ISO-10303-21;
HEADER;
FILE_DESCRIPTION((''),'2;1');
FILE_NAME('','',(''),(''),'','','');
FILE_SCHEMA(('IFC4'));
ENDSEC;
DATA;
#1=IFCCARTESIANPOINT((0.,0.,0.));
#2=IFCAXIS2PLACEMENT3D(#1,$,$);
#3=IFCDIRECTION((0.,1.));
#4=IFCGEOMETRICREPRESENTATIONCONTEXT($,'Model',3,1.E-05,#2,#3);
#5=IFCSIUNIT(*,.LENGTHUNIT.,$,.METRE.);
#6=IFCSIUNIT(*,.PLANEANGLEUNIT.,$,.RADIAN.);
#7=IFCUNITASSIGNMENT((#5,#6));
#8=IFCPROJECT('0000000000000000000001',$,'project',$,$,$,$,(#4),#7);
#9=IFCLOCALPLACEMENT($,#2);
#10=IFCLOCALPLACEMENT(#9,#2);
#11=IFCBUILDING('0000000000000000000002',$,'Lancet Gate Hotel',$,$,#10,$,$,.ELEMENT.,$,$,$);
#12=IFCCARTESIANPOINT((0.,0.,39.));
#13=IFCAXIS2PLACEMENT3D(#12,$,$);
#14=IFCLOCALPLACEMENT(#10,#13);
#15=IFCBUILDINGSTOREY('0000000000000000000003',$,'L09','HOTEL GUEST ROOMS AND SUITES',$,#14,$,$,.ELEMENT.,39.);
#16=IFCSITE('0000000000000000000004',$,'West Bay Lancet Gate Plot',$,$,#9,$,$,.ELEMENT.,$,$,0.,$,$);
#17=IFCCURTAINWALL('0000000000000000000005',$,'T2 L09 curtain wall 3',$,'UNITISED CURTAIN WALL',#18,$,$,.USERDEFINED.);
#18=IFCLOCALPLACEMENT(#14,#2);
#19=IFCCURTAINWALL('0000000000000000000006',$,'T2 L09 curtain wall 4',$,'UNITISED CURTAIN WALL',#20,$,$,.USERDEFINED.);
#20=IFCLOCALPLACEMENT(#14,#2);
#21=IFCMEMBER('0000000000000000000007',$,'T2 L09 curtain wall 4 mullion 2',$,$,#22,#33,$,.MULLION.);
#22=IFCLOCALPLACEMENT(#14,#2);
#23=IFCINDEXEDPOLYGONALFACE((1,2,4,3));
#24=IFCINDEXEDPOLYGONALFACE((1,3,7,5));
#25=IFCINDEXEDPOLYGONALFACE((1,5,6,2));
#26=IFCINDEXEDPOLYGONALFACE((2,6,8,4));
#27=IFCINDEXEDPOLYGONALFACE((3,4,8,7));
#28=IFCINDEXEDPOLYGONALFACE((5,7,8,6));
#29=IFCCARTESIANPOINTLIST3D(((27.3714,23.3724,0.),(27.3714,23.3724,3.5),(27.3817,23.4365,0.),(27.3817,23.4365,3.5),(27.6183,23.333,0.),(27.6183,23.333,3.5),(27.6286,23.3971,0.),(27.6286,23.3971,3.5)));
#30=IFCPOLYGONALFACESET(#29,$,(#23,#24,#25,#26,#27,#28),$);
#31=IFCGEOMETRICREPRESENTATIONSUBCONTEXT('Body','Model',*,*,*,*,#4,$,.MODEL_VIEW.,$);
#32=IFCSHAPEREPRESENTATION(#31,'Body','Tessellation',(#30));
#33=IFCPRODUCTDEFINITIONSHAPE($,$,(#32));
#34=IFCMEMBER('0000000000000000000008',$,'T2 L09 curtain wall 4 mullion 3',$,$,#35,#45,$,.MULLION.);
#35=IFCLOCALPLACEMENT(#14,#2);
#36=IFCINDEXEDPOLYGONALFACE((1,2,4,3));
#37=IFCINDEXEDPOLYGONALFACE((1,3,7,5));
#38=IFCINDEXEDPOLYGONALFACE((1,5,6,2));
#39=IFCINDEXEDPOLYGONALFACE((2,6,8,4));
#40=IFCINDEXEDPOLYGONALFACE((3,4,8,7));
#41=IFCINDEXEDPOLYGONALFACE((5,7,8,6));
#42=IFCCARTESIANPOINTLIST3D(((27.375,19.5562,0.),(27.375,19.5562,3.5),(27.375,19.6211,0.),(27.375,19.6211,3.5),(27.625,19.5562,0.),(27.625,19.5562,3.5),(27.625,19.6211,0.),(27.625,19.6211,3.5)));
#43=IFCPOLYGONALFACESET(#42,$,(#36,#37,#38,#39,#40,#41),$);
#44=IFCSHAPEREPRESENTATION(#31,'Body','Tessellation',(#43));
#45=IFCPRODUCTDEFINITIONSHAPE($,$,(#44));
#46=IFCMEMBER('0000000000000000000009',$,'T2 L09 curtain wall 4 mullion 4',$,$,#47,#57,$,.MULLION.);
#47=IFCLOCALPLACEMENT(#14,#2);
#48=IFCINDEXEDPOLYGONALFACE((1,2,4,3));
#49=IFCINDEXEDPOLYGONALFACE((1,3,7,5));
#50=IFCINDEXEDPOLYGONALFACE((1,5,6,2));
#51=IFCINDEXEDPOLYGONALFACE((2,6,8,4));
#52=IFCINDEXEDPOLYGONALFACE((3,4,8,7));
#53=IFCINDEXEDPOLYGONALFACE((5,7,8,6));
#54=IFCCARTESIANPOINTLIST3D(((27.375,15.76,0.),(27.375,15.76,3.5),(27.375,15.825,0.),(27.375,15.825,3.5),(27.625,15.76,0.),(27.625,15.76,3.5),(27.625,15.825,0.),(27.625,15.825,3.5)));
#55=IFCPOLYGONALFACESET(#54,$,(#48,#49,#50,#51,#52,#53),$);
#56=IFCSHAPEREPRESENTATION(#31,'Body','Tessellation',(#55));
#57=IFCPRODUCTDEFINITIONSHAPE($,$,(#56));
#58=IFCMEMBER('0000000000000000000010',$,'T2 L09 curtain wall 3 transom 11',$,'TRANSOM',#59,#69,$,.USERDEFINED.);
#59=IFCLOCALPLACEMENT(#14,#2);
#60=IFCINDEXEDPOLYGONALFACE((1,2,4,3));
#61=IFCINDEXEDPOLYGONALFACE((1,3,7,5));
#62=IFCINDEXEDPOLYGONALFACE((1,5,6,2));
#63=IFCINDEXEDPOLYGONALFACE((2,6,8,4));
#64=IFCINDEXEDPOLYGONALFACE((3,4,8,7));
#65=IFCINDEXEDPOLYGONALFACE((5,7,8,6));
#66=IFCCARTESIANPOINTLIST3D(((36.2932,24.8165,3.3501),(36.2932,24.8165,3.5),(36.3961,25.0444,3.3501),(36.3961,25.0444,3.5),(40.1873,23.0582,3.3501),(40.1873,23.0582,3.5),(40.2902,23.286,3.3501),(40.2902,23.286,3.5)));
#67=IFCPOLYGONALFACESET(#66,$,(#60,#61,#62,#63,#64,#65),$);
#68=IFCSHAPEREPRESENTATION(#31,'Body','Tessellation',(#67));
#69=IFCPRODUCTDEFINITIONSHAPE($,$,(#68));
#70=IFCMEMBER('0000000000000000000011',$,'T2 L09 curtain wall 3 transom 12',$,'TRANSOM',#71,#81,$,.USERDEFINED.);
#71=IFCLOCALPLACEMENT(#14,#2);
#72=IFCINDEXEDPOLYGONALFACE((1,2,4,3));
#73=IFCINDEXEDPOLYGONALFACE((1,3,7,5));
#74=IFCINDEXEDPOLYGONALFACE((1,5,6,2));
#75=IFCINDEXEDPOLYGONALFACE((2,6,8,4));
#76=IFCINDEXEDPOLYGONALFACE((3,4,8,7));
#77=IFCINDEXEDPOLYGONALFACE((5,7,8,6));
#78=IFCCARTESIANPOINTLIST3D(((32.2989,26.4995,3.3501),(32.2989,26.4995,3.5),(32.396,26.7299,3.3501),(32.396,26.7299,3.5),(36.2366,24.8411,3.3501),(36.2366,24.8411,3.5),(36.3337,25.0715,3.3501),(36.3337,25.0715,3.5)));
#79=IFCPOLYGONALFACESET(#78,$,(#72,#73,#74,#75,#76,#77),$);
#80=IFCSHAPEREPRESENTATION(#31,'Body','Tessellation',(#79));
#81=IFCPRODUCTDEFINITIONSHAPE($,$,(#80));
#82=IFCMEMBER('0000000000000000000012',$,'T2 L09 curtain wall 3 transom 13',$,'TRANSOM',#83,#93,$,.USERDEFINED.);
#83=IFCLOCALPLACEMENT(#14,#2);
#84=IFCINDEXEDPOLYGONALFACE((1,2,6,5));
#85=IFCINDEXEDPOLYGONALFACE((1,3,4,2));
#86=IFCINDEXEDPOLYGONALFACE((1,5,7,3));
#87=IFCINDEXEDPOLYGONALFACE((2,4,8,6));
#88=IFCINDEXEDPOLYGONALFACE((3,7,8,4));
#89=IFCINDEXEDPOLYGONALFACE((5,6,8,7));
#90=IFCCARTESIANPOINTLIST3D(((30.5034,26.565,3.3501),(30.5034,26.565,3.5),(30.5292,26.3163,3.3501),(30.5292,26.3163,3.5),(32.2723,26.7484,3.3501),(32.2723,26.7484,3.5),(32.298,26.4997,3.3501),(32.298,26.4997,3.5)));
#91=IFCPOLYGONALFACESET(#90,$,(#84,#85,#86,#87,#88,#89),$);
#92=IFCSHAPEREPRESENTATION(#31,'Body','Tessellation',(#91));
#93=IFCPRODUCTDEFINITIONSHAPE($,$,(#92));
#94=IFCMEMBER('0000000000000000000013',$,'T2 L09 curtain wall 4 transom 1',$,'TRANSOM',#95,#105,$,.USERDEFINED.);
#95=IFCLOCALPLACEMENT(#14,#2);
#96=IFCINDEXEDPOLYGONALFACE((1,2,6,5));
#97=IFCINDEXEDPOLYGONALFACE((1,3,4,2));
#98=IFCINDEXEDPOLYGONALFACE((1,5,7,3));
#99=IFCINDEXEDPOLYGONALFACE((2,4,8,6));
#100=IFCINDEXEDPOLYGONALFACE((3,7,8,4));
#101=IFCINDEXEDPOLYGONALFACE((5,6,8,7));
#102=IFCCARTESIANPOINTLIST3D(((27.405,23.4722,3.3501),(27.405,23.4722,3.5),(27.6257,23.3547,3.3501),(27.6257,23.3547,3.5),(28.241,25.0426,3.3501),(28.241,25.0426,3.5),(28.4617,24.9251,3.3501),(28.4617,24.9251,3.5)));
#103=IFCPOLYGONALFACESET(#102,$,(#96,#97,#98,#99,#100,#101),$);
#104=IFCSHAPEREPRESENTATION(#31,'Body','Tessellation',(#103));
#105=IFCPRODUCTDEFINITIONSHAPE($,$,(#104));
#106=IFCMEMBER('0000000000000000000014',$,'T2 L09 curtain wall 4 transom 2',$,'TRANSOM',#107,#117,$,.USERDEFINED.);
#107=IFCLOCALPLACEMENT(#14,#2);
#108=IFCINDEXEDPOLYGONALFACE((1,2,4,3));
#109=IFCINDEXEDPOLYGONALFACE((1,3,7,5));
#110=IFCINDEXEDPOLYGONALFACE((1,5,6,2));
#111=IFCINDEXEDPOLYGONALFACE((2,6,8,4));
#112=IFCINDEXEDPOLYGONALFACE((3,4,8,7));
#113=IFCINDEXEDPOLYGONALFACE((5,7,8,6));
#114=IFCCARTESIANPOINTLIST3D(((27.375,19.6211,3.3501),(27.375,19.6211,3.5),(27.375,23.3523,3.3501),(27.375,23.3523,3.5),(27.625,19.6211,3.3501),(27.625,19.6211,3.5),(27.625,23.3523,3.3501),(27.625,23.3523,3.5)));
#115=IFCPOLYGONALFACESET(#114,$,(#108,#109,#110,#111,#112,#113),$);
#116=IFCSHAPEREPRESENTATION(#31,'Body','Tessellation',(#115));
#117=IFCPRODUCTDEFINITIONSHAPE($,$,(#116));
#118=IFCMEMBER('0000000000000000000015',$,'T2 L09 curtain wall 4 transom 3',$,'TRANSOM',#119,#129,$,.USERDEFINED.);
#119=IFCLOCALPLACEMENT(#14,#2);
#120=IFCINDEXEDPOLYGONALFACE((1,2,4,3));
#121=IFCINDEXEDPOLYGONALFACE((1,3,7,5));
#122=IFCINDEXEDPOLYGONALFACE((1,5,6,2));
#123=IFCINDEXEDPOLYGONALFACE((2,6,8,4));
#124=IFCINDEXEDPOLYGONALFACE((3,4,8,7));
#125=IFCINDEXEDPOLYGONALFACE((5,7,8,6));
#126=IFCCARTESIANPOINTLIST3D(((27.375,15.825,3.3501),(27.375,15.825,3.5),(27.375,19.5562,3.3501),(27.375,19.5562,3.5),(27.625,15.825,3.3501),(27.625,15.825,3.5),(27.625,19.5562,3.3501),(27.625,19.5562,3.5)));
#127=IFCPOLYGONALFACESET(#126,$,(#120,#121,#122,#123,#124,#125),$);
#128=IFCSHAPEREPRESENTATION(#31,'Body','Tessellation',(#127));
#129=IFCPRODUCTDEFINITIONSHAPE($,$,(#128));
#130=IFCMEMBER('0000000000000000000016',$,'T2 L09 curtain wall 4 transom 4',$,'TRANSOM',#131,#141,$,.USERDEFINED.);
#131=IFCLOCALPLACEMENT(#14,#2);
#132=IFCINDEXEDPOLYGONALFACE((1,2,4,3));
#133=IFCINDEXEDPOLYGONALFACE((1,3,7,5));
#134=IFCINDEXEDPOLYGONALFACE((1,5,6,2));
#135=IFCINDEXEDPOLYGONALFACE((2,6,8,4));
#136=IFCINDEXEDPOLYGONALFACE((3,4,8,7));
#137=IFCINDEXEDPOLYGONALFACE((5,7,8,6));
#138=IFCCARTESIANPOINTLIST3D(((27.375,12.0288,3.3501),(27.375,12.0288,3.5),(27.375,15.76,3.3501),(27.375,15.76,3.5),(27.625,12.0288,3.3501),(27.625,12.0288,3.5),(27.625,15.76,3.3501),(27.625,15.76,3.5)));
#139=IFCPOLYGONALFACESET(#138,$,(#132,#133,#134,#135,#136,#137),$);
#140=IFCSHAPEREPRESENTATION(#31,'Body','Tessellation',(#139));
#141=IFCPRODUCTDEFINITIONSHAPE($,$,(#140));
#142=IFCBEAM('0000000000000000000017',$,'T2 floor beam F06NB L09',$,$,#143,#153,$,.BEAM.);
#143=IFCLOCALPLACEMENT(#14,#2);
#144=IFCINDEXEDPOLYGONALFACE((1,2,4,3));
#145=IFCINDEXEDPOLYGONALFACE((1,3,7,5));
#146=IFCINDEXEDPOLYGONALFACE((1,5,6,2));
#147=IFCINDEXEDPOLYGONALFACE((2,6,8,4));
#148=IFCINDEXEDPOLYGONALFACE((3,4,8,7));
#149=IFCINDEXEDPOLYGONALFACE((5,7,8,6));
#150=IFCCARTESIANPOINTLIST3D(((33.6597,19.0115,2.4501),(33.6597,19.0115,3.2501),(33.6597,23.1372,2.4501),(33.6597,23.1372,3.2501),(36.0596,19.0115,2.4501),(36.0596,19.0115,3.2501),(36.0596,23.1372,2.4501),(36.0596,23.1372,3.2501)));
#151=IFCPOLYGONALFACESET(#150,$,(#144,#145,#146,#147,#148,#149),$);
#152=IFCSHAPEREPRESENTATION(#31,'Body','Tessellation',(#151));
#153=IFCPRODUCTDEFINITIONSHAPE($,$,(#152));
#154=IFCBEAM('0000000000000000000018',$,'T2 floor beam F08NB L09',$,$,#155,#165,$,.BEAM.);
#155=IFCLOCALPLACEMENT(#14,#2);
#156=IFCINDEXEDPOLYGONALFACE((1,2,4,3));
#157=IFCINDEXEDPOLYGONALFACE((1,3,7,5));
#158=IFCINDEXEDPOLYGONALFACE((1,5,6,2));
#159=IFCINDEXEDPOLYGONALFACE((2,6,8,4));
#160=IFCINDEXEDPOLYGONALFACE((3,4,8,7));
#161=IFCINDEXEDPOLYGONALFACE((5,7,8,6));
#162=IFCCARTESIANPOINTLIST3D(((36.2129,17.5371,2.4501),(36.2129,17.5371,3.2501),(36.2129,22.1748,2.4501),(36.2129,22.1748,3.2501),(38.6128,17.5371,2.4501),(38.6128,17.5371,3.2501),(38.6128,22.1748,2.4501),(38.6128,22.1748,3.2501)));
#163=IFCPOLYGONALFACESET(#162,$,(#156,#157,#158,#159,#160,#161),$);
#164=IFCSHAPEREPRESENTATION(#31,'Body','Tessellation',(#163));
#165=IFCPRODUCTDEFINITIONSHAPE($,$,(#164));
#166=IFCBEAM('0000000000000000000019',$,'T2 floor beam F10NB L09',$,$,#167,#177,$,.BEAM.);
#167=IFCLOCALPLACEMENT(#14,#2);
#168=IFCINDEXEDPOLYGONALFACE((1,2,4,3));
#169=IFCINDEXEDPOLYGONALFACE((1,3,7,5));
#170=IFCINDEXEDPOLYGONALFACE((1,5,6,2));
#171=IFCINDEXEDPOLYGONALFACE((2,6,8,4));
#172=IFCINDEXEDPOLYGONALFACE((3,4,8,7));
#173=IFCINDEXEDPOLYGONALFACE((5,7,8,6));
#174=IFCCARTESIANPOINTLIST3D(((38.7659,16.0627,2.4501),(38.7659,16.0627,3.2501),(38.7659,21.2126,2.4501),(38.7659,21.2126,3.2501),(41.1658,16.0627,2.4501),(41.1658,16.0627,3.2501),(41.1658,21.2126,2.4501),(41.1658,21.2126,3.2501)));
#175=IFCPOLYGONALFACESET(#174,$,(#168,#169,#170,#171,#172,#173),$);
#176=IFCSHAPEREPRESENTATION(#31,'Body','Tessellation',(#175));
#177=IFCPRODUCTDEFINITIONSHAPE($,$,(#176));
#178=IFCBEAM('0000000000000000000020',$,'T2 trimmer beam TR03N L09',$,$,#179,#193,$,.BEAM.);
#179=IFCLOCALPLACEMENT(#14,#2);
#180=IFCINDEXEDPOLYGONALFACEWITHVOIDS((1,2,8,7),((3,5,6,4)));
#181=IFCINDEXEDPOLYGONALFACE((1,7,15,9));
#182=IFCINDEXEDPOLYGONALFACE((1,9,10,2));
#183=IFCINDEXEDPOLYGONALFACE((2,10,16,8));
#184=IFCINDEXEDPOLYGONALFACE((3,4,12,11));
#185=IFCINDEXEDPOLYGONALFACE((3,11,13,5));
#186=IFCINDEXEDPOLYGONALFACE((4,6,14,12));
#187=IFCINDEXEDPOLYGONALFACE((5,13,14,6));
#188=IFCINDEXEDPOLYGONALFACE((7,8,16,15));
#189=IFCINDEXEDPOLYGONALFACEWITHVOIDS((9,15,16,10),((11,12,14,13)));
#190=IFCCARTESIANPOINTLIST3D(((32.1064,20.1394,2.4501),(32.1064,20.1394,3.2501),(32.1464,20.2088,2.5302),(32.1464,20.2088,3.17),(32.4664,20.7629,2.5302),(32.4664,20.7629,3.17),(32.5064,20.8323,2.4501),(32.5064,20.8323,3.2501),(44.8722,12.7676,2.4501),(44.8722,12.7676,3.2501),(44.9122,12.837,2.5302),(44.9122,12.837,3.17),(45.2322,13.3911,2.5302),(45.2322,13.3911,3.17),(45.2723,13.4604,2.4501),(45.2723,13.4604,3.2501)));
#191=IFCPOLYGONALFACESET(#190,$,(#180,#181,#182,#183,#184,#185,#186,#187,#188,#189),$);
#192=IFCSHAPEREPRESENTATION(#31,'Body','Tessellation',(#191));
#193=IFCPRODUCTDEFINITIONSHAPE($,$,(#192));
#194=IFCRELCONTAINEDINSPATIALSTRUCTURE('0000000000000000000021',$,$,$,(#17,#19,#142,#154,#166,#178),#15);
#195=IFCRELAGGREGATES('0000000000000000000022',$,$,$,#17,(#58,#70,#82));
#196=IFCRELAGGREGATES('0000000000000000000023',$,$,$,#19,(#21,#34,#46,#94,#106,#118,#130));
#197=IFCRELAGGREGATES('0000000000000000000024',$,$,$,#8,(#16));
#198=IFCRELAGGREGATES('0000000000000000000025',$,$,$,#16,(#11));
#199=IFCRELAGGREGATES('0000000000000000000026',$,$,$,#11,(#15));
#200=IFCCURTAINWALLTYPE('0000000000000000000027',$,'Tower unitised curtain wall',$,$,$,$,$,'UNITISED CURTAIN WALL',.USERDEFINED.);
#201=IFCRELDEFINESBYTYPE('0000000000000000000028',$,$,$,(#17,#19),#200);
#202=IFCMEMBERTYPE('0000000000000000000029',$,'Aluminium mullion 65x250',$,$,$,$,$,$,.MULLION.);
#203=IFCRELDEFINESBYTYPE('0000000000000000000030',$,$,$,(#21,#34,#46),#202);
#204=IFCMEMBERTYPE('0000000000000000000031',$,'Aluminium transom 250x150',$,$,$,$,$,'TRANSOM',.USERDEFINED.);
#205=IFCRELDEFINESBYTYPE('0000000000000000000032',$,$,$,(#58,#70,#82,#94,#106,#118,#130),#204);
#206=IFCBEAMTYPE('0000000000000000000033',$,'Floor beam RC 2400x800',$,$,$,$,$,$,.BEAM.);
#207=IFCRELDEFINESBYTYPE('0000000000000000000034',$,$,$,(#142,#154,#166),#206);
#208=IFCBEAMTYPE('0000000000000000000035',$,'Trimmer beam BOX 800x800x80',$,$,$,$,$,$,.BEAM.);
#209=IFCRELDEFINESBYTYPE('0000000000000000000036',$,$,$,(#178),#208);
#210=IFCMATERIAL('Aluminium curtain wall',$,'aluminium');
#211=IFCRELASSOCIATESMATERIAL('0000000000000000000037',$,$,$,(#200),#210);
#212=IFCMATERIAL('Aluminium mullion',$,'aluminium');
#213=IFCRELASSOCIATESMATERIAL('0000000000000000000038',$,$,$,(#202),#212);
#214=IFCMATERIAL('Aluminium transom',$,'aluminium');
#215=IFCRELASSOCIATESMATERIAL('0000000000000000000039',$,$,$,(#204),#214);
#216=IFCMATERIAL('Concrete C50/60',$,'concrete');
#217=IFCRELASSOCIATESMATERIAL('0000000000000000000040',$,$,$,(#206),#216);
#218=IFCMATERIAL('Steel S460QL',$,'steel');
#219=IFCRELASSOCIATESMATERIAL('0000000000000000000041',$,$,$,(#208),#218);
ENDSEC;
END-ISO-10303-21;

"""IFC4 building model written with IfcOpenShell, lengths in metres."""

from ifc_helpers import new_model, si_unit, direction, frame, origin, origin_2d, place, context, subcontext, project, spatial, rectangle, hollow_rectangle, extrude, material, material_profile, profile_set, type_object, element, aggregate, save


model = new_model("IFC4")

# Units and contexts
model_context = context("Model", 3, precision=1e-05, world=origin(), true_north=direction((0.0, 1.0)))
body_context = subcontext(model_context, "Body", "Model", "MODEL_VIEW")
ifc_project = project(units=[si_unit("LENGTHUNIT", "METRE"), si_unit("PLANEANGLEUNIT", "RADIAN")], contexts=[model_context])

# Site, building, storey
site_placement = place(None, origin())
site = spatial("IfcSite", under=ifc_project, at=site_placement, Name="West Bay Lancet Gate Plot", CompositionType="ELEMENT", RefElevation=0.0)
building_placement = place(site_placement, origin())
building = spatial("IfcBuilding", under=site, at=building_placement, Name="Lancet Gate Hotel", CompositionType="ELEMENT")
storey_placement = place(building_placement, frame((0.0, 0.0, 39.0)))
storey = spatial("IfcBuildingStorey", under=building, at=storey_placement, Name="L09", Description="HOTEL GUEST ROOMS AND SUITES", CompositionType="ELEMENT", Elevation=39.0)

# Curtain walls, members
ifc_material_1 = material(Name="Aluminium curtain wall", Category="aluminium")
curtain_wall_type = type_object("IfcCurtainWallType", Name="Tower unitised curtain wall", ElementType="UNITISED CURTAIN WALL", PredefinedType="USERDEFINED", material=ifc_material_1)
curtain_wall_1_placement = place(storey_placement, origin())
curtain_wall_1 = element("IfcCurtainWall", 1, at=curtain_wall_1_placement, inside=storey, type_object=curtain_wall_type, Name="T2 L09 curtain wall 3", ObjectType="UNITISED CURTAIN WALL", PredefinedType="USERDEFINED")
ifc_material_2 = material(Name="Aluminium mullion", Category="aluminium")
ifc_material_profile_1 = material_profile(ifc_material_2, rectangle(XDim=0.0649, YDim=0.25, at=origin_2d()), Name="MULLION 65x250")
ifc_profile_set_1 = profile_set([ifc_material_profile_1], Name="Aluminium mullion")
member_type_1 = type_object("IfcMemberType", Name="Aluminium mullion 65x250", PredefinedType="MULLION", material=ifc_profile_set_1)
curtain_wall_2_placement = place(storey_placement, origin())
curtain_wall_2 = element("IfcCurtainWall", 2, at=curtain_wall_2_placement, inside=storey, type_object=curtain_wall_type, Name="T2 L09 curtain wall 4", ObjectType="UNITISED CURTAIN WALL", PredefinedType="USERDEFINED")
member_1_placement = place(storey_placement, frame((27.5, 23.3848, 0.0), z_axis=(0.0, 0.0, 1.0), x_axis=(-0.157752, -0.987479, 0.0)))
member_1 = element("IfcMember", 3, at=member_1_placement, type_object=member_type_1, Name="T2 L09 curtain wall 4 mullion 2", PredefinedType="MULLION", context=body_context, shape_type="SweptSolid", body=[
    extrude(rectangle(XDim=0.0649, YDim=0.25, at=origin_2d()), origin(), (0.0, 0.0, 1.0), 3.5),
])
member_2_placement = place(storey_placement, frame((27.5, 19.5886, 0.0), z_axis=(0.0, 0.0, 1.0), x_axis=(0.0, -1.0, 0.0)))
member_2 = element("IfcMember", 4, at=member_2_placement, type_object=member_type_1, Name="T2 L09 curtain wall 4 mullion 3", PredefinedType="MULLION", context=body_context, shape_type="SweptSolid", body=[
    extrude(rectangle(XDim=0.0649, YDim=0.25, at=origin_2d()), origin(), (0.0, 0.0, 1.0), 3.5),
])
member_3_placement = place(storey_placement, frame((27.5, 15.7925, 0.0), z_axis=(0.0, 0.0, 1.0), x_axis=(0.0, -1.0, 0.0)))
member_3 = element("IfcMember", 5, at=member_3_placement, type_object=member_type_1, Name="T2 L09 curtain wall 4 mullion 4", PredefinedType="MULLION", context=body_context, shape_type="SweptSolid", body=[
    extrude(rectangle(XDim=0.0649, YDim=0.25, at=origin_2d()), origin(), (0.0, 0.0, 1.0), 3.5),
])

# Members
ifc_material_3 = material(Name="Aluminium transom", Category="aluminium")
ifc_material_profile_2 = material_profile(ifc_material_3, rectangle(XDim=0.25, YDim=0.1499, at=origin_2d()), Name="TRANSOM 250x150")
ifc_profile_set_2 = profile_set([ifc_material_profile_2], Name="Aluminium transom")
member_type_2 = type_object("IfcMemberType", Name="Aluminium transom 250x150", ElementType="TRANSOM", PredefinedType="USERDEFINED", material=ifc_profile_set_2)
member_4_placement = place(storey_placement, frame((40.2388, 23.1721, 3.425), z_axis=(-0.911397, 0.411529, 0.0), x_axis=(-0.411529, -0.911397, 0.0)))
member_4 = element("IfcMember", 6, at=member_4_placement, type_object=member_type_2, Name="T2 L09 curtain wall 3 transom 11", ObjectType="TRANSOM", PredefinedType="USERDEFINED", context=body_context, shape_type="SweptSolid", body=[
    extrude(rectangle(XDim=0.25, YDim=0.1499, at=origin_2d()), origin(), (0.0, 0.0, 1.0), 4.2727),
])
member_5_placement = place(storey_placement, frame((36.2852, 24.9563, 3.425), z_axis=(-0.921598, 0.388146, 0.0), x_axis=(-0.388146, -0.921598, 0.0)))
member_5 = element("IfcMember", 7, at=member_5_placement, type_object=member_type_2, Name="T2 L09 curtain wall 3 transom 12", ObjectType="TRANSOM", PredefinedType="USERDEFINED", context=body_context, shape_type="SweptSolid", body=[
    extrude(rectangle(XDim=0.25, YDim=0.1499, at=origin_2d()), origin(), (0.0, 0.0, 1.0), 4.2727),
])
member_6_placement = place(storey_placement, frame((32.2852, 26.624, 3.425), z_axis=(-0.99467, -0.103105, 0.0), x_axis=(0.103105, -0.99467, 0.0)))
member_6 = element("IfcMember", 8, at=member_6_placement, type_object=member_type_2, Name="T2 L09 curtain wall 3 transom 13", ObjectType="TRANSOM", PredefinedType="USERDEFINED", context=body_context, shape_type="SweptSolid", body=[
    extrude(rectangle(XDim=0.25, YDim=0.1499, at=origin_2d()), origin(), (0.0, 0.0, 1.0), 1.7783),
])
member_7_placement = place(storey_placement, frame((28.3513, 24.9839, 3.425), z_axis=(-0.469904, -0.882717, 0.0), x_axis=(0.882717, -0.469904, 0.0)))
member_7 = element("IfcMember", 9, at=member_7_placement, type_object=member_type_2, Name="T2 L09 curtain wall 4 transom 1", ObjectType="TRANSOM", PredefinedType="USERDEFINED", context=body_context, shape_type="SweptSolid", body=[
    extrude(rectangle(XDim=0.25, YDim=0.1499, at=origin_2d()), origin(), (0.0, 0.0, 1.0), 1.7791),
])
member_8_placement = place(storey_placement, frame((27.5, 23.3523, 3.425), z_axis=(0.0, -1.0, 0.0), x_axis=(1.0, 0.0, 0.0)))
member_8 = element("IfcMember", 10, at=member_8_placement, type_object=member_type_2, Name="T2 L09 curtain wall 4 transom 2", ObjectType="TRANSOM", PredefinedType="USERDEFINED", context=body_context, shape_type="SweptSolid", body=[
    extrude(rectangle(XDim=0.25, YDim=0.1499, at=origin_2d()), origin(), (0.0, 0.0, 1.0), 3.7312),
])
member_9_placement = place(storey_placement, frame((27.5, 19.5562, 3.425), z_axis=(0.0, -1.0, 0.0), x_axis=(1.0, 0.0, 0.0)))
member_9 = element("IfcMember", 11, at=member_9_placement, type_object=member_type_2, Name="T2 L09 curtain wall 4 transom 3", ObjectType="TRANSOM", PredefinedType="USERDEFINED", context=body_context, shape_type="SweptSolid", body=[
    extrude(rectangle(XDim=0.25, YDim=0.1499, at=origin_2d()), origin(), (0.0, 0.0, 1.0), 3.7312),
])
member_10_placement = place(storey_placement, frame((27.5, 15.76, 3.425), z_axis=(0.0, -1.0, 0.0), x_axis=(1.0, 0.0, 0.0)))
member_10 = element("IfcMember", 12, at=member_10_placement, type_object=member_type_2, Name="T2 L09 curtain wall 4 transom 4", ObjectType="TRANSOM", PredefinedType="USERDEFINED", context=body_context, shape_type="SweptSolid", body=[
    extrude(rectangle(XDim=0.25, YDim=0.1499, at=origin_2d()), origin(), (0.0, 0.0, 1.0), 3.7312),
])

# Beams
ifc_material_4 = material(Name="Concrete C50/60", Category="concrete")
ifc_material_profile_3 = material_profile(ifc_material_4, rectangle(XDim=2.3999, YDim=0.8, at=origin_2d()), Name="RC 2400x800")
ifc_profile_set_3 = profile_set([ifc_material_profile_3], Name="Concrete C50/60")
beam_type_1 = type_object("IfcBeamType", Name="Floor beam RC 2400x800", PredefinedType="BEAM", material=ifc_profile_set_3)
beam_1_placement = place(storey_placement, frame((34.8596, 19.0115, 2.8501), z_axis=(0.0, 1.0, 0.0), x_axis=(-1.0, 0.0, 0.0)))
element("IfcBeam", 13, at=beam_1_placement, inside=storey, type_object=beam_type_1, Name="T2 floor beam F06NB L09", PredefinedType="BEAM", context=body_context, shape_type="SweptSolid", body=[
    extrude(rectangle(XDim=2.3999, YDim=0.8, at=origin_2d()), origin(), (0.0, 0.0, 1.0), 4.1257),
])
beam_2_placement = place(storey_placement, frame((37.4128, 17.5371, 2.8501), z_axis=(0.0, 1.0, 0.0), x_axis=(-1.0, 0.0, 0.0)))
element("IfcBeam", 14, at=beam_2_placement, inside=storey, type_object=beam_type_1, Name="T2 floor beam F08NB L09", PredefinedType="BEAM", context=body_context, shape_type="SweptSolid", body=[
    extrude(rectangle(XDim=2.3999, YDim=0.8, at=origin_2d()), origin(), (0.0, 0.0, 1.0), 4.6377),
])
beam_3_placement = place(storey_placement, frame((39.9658, 16.0627, 2.8501), z_axis=(0.0, 1.0, 0.0), x_axis=(-1.0, 0.0, 0.0)))
element("IfcBeam", 15, at=beam_3_placement, inside=storey, type_object=beam_type_1, Name="T2 floor beam F10NB L09", PredefinedType="BEAM", context=body_context, shape_type="SweptSolid", body=[
    extrude(rectangle(XDim=2.3999, YDim=0.8, at=origin_2d()), origin(), (0.0, 0.0, 1.0), 5.1499),
])
ifc_material_5 = material(Name="Steel S460QL", Category="steel")
ifc_material_profile_4 = material_profile(ifc_material_5, hollow_rectangle(XDim=0.8, YDim=0.8, WallThickness=0.0801, at=origin_2d()), Name="BOX 800x800x80")
ifc_profile_set_4 = profile_set([ifc_material_profile_4], Name="Steel S460QL")
beam_type_2 = type_object("IfcBeamType", Name="Trimmer beam BOX 800x800x80", PredefinedType="BEAM", material=ifc_profile_set_4)
beam_4_placement = place(storey_placement, frame((32.3064, 20.4858, 2.8501), z_axis=(0.865983, -0.500074, 0.0), x_axis=(0.500074, 0.865983, 0.0)))
element("IfcBeam", 16, at=beam_4_placement, inside=storey, type_object=beam_type_2, Name="T2 trimmer beam TR03N L09", PredefinedType="BEAM", context=body_context, shape_type="SweptSolid", body=[
    extrude(hollow_rectangle(XDim=0.8, YDim=0.8, WallThickness=0.0801, at=origin_2d()), origin(), (0.0, 0.0, 1.0), 14.7415),
])

aggregate(curtain_wall_1, [member_4, member_5, member_6])
aggregate(curtain_wall_2, [member_1, member_2, member_3, member_7, member_8, member_9, member_10])

save(model, "model.ifc")
